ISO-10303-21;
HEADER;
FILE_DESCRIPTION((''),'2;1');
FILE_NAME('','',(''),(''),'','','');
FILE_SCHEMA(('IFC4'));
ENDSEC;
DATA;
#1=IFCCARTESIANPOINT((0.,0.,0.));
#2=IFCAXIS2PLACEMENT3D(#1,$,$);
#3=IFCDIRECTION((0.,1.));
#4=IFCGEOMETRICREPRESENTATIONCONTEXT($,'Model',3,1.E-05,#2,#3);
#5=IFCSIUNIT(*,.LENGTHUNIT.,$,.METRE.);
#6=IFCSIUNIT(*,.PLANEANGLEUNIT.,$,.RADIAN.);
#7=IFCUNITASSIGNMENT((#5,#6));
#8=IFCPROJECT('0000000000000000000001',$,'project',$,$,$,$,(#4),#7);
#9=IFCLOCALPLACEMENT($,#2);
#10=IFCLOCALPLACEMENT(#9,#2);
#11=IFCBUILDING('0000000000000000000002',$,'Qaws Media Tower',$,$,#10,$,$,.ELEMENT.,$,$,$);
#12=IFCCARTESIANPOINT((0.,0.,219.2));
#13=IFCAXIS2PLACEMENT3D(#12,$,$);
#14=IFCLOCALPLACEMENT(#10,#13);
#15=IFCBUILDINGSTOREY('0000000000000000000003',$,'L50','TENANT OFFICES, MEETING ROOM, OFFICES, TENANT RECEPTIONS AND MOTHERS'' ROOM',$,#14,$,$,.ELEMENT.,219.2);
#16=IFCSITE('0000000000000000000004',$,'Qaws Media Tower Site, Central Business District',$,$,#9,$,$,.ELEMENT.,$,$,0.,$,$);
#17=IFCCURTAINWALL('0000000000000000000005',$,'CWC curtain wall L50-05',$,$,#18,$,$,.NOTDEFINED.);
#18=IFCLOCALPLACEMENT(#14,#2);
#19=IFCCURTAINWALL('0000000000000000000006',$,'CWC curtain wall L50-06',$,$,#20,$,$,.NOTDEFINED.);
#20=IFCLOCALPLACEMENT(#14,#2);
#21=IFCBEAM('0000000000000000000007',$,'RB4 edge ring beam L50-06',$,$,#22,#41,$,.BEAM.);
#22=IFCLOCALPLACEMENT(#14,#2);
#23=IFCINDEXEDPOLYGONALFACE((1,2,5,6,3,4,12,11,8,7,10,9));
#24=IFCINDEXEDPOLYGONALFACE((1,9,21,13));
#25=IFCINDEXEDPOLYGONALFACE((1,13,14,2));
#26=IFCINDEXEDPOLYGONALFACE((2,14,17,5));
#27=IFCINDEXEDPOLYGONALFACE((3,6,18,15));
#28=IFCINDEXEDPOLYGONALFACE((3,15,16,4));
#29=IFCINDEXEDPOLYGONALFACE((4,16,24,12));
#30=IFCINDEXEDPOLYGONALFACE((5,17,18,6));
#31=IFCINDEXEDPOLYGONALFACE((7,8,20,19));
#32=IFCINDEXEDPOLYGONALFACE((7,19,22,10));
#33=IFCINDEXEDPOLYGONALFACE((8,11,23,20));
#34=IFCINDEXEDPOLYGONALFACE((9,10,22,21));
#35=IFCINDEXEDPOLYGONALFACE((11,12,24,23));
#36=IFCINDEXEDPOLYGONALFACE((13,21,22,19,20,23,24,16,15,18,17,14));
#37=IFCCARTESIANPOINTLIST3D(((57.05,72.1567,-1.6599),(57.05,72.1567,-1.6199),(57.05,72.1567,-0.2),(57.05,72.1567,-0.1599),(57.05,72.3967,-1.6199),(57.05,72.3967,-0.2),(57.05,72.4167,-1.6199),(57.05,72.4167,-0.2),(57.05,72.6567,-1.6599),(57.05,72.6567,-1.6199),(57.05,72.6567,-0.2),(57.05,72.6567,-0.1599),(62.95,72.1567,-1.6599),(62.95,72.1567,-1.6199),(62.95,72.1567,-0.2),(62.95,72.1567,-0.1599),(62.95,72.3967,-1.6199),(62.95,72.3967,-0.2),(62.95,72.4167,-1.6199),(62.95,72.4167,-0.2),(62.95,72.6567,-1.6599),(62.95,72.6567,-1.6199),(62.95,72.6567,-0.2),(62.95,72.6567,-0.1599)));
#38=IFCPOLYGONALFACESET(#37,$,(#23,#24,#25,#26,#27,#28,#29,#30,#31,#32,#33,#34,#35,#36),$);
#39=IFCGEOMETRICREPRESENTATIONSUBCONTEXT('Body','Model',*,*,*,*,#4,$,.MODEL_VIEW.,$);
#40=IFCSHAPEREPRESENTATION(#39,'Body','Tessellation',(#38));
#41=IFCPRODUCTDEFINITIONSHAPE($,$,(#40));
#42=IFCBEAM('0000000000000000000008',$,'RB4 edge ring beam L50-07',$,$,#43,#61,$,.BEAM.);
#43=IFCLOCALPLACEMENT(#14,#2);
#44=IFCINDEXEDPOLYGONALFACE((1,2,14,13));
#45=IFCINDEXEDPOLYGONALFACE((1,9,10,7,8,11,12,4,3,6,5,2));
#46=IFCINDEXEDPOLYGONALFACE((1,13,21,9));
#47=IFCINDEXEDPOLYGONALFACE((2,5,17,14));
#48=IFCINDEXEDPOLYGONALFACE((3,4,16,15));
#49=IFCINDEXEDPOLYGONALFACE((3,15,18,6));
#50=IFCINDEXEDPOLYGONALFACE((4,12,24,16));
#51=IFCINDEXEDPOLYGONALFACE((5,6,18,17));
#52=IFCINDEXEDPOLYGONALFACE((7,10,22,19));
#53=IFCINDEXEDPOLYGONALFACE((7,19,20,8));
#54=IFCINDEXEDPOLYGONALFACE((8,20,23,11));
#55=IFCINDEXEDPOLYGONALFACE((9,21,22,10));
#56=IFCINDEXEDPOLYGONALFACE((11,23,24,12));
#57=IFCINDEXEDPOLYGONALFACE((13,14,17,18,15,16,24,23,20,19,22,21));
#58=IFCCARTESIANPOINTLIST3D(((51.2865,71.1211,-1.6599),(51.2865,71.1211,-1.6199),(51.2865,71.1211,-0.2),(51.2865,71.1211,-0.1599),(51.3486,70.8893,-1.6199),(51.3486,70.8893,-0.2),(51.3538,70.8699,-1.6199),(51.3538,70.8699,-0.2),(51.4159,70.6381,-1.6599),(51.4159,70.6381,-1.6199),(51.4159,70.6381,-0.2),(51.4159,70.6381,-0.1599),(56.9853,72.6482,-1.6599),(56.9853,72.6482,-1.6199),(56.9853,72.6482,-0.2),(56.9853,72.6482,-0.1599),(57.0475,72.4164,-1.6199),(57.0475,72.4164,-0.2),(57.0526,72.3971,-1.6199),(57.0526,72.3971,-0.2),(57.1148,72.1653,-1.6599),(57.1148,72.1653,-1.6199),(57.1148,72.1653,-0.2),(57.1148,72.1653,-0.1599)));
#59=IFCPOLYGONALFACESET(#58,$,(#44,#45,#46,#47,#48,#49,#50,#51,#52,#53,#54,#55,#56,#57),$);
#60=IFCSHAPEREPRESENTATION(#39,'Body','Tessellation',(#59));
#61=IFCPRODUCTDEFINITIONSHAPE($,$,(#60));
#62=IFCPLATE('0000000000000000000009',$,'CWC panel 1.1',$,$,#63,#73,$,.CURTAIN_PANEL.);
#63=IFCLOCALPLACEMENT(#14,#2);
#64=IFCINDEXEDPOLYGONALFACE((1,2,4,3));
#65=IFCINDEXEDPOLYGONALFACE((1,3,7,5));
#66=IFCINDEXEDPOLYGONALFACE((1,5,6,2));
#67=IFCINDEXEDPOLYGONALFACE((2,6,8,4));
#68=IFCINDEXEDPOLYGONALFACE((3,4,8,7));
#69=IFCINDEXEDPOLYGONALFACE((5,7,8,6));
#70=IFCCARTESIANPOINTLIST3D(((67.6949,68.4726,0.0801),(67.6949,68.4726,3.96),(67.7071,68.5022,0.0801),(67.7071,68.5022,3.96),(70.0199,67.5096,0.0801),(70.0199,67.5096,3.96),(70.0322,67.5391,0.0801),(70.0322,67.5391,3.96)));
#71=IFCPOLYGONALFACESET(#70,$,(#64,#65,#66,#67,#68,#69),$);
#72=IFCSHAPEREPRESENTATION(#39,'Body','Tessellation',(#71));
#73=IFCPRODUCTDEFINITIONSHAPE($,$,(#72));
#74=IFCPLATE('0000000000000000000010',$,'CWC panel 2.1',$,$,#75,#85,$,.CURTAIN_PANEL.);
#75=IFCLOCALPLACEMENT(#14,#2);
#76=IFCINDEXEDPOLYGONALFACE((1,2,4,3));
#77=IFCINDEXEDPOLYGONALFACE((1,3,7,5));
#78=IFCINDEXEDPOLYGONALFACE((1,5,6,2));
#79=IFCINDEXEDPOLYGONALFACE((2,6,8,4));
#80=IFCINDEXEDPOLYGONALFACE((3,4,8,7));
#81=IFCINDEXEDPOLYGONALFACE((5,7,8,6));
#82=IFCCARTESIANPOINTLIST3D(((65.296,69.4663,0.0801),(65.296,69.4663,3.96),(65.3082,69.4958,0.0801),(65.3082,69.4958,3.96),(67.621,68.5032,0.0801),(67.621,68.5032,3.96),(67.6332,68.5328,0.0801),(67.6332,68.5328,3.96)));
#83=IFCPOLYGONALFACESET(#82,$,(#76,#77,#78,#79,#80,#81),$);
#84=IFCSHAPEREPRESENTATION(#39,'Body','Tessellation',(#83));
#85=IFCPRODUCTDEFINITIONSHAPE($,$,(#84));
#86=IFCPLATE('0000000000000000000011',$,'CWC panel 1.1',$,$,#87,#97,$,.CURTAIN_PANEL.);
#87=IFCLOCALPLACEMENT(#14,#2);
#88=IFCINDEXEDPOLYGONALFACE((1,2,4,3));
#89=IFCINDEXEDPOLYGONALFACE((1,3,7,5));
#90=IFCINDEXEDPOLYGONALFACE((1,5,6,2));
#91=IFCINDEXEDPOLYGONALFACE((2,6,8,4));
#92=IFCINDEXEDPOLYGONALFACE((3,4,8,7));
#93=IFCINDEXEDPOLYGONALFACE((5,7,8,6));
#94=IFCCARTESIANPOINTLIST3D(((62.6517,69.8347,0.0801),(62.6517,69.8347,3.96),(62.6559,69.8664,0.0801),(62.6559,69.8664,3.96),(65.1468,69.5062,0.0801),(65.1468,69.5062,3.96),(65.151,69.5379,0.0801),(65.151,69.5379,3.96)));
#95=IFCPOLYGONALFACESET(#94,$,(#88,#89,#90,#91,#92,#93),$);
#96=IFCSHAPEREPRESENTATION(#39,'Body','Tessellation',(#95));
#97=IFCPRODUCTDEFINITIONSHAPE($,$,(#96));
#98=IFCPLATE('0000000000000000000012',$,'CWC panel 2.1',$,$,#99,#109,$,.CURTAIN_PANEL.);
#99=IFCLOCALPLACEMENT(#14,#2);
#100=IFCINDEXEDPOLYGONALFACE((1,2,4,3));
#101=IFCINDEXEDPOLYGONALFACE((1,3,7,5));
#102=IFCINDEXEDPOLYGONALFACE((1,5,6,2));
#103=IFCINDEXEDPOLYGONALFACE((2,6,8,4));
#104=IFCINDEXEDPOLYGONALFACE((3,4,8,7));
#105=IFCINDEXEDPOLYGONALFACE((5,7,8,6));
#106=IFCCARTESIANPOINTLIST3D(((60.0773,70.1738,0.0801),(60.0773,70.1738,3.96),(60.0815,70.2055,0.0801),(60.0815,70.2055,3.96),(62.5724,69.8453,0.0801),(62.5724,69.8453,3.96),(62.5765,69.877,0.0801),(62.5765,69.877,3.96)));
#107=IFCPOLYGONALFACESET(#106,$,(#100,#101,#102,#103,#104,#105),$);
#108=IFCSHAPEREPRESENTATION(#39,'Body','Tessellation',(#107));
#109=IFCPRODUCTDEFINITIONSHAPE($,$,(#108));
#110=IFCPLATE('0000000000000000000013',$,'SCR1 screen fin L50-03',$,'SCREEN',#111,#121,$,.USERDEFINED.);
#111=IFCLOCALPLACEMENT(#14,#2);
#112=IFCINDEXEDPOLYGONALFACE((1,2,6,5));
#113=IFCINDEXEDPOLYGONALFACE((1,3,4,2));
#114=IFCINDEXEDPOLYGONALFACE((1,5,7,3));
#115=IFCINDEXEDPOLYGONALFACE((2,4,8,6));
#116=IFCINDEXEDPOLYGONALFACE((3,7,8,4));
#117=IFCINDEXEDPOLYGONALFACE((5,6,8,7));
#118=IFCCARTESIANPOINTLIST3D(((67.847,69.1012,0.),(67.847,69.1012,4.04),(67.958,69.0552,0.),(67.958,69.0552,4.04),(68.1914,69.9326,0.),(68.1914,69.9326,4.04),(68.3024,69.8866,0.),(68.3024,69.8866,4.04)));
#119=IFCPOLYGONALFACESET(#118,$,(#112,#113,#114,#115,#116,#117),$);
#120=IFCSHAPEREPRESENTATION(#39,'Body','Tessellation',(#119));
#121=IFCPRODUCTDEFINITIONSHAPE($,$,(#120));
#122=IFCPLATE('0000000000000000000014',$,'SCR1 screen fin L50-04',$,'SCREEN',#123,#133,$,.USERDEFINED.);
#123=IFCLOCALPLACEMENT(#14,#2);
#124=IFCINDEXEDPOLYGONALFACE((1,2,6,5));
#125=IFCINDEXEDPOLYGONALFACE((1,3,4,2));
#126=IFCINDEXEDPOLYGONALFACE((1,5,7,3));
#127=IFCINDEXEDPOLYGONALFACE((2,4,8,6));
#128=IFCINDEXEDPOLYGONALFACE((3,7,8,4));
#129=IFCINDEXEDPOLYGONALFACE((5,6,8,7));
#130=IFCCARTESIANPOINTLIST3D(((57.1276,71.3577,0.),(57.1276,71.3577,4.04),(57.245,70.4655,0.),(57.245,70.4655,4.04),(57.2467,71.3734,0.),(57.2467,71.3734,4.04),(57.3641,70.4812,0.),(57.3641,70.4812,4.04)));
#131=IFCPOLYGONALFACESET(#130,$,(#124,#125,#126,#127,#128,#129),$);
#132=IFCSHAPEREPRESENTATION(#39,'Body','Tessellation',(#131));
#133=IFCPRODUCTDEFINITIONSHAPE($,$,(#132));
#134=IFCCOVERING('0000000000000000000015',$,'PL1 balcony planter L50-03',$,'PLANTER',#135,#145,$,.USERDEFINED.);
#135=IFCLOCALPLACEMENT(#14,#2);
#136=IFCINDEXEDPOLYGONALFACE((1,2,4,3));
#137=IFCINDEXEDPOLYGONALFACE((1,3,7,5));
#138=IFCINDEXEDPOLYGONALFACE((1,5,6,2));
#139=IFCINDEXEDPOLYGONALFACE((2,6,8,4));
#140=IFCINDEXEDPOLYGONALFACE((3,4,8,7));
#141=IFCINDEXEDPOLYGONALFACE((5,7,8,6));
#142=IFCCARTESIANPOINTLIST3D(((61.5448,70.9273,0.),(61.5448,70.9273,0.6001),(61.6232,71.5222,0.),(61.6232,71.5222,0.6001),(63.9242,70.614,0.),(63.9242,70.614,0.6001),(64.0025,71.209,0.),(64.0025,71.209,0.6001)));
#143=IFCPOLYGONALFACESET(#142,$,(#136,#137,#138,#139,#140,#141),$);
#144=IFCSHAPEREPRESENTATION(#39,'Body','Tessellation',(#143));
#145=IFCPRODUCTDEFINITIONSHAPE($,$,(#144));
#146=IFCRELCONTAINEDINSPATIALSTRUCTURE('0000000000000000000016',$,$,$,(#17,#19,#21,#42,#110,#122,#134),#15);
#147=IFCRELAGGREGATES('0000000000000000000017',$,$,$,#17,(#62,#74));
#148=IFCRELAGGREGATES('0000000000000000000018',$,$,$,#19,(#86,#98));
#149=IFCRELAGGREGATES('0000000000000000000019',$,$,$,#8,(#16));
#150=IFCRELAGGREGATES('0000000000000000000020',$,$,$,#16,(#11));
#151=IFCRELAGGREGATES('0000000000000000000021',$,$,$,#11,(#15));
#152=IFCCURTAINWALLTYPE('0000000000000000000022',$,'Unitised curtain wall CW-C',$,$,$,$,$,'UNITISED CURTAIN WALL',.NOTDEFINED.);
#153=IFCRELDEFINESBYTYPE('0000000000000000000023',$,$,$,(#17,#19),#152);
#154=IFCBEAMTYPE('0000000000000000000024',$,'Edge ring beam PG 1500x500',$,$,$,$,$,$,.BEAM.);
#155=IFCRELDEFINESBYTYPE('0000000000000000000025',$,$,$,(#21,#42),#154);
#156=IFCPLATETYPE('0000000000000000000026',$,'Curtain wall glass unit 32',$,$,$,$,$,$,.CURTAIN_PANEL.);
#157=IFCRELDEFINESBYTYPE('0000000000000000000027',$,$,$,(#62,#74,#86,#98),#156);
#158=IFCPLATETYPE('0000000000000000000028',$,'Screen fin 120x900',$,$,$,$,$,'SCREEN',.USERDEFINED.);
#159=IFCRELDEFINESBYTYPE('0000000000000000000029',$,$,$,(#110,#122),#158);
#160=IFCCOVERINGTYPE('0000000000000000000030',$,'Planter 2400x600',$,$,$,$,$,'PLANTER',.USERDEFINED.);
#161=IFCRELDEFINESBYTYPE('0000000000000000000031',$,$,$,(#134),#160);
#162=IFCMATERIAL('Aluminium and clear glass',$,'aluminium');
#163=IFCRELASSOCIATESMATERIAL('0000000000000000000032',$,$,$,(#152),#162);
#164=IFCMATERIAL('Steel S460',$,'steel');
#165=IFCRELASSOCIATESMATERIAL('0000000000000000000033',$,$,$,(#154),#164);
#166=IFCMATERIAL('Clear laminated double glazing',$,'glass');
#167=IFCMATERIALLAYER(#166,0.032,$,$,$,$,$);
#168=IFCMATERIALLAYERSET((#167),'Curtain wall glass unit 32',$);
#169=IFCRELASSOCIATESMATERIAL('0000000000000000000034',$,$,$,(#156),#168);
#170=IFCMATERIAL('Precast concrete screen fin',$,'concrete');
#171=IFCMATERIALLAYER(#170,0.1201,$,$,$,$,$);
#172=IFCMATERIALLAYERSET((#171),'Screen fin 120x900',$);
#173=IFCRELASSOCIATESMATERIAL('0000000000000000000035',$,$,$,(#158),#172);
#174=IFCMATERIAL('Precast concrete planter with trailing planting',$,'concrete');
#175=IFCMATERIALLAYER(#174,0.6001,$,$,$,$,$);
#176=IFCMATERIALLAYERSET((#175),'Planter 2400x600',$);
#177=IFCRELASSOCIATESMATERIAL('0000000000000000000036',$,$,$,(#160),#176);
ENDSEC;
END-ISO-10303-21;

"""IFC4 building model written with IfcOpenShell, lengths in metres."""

from ifc_helpers import new_model, si_unit, direction, frame, origin, origin_2d, place, context, subcontext, project, spatial, rectangle, i_section, extrude, material, layer, layer_set, material_profile, profile_set, type_object, element, aggregate, save


model = new_model("IFC4")

# Units and contexts
model_context = context("Model", 3, precision=1e-05, world=origin(), true_north=direction((0.0, 1.0)))
body_context = subcontext(model_context, "Body", "Model", "MODEL_VIEW")
ifc_project = project(units=[si_unit("LENGTHUNIT", "METRE"), si_unit("PLANEANGLEUNIT", "RADIAN")], contexts=[model_context])

# Site, building, storey
site_placement = place(None, origin())
site = spatial("IfcSite", under=ifc_project, at=site_placement, Name="Qaws Media Tower Site, Central Business District", CompositionType="ELEMENT", RefElevation=0.0)
building_placement = place(site_placement, origin())
building = spatial("IfcBuilding", under=site, at=building_placement, Name="Qaws Media Tower", CompositionType="ELEMENT")
storey_placement = place(building_placement, frame((0.0, 0.0, 219.2)))
storey = spatial("IfcBuildingStorey", under=building, at=storey_placement, Name="L50", Description="TENANT OFFICES, MEETING ROOM, OFFICES, TENANT RECEPTIONS AND MOTHERS' ROOM", CompositionType="ELEMENT", Elevation=219.2)

# Curtain walls
ifc_material_1 = material(Name="Aluminium and clear glass", Category="aluminium")
curtain_wall_type = type_object("IfcCurtainWallType", Name="Unitised curtain wall CW-C", ElementType="UNITISED CURTAIN WALL", PredefinedType="NOTDEFINED", material=ifc_material_1)
curtain_wall_1_placement = place(storey_placement, origin())
curtain_wall_1 = element("IfcCurtainWall", 1, at=curtain_wall_1_placement, inside=storey, type_object=curtain_wall_type, Name="CWC curtain wall L50-05", PredefinedType="NOTDEFINED")
curtain_wall_2_placement = place(storey_placement, origin())
curtain_wall_2 = element("IfcCurtainWall", 2, at=curtain_wall_2_placement, inside=storey, type_object=curtain_wall_type, Name="CWC curtain wall L50-06", PredefinedType="NOTDEFINED")

# Beams
ifc_material_2 = material(Name="Steel S460", Category="steel")
ifc_material_profile_1 = material_profile(ifc_material_2, i_section(OverallWidth=0.5, OverallDepth=1.5, WebThickness=0.02, FlangeThickness=0.04, at=origin_2d()), Name="PG 1500x500")
ifc_profile_set_1 = profile_set([ifc_material_profile_1], Name="Steel S460")
beam_type = type_object("IfcBeamType", Name="Edge ring beam PG 1500x500", PredefinedType="BEAM", material=ifc_profile_set_1)
for number, where, z_axis, x_axis, name in (
    (3, (62.95, 72.4067, -0.9099), (-1.0, 0.0, 0.0), (0.0, -1.0, 0.0), "RB4 edge ring beam L50-06"),
    (4, (57.05, 72.4067, -0.9099), (-0.96592, -0.25884, 0.0), (0.25884, -0.96592, 0.0), "RB4 edge ring beam L50-07"),
):
    element("IfcBeam", number, at=place(storey_placement, frame(where, z_axis=z_axis, x_axis=x_axis)), inside=storey, type_object=beam_type, Name=name, PredefinedType="BEAM", context=body_context, shape_type="SweptSolid", body=[
        extrude(i_section(OverallWidth=0.5, OverallDepth=1.5, WebThickness=0.02, FlangeThickness=0.04, at=origin_2d()), origin(), (0.0, 0.0, 1.0), 5.8999),
    ])

# Plates
ifc_material_3 = material(Name="Clear laminated double glazing", Category="glass")
ifc_layer_1 = layer(ifc_material_3, 0.032)
ifc_layer_set_1 = layer_set([ifc_layer_1], Name="Curtain wall glass unit 32")
plate_type_1 = type_object("IfcPlateType", Name="Curtain wall glass unit 32", PredefinedType="CURTAIN_PANEL", material=ifc_layer_set_1)
plate_1_placement = place(storey_placement, frame((68.8635, 68.0059, 0.0801), z_axis=(0.0, 0.0, 1.0), x_axis=(-0.923879, 0.382684, 0.0)))
plate_1 = element("IfcPlate", 5, at=plate_1_placement, type_object=plate_type_1, Name="CWC panel 1.1", PredefinedType="CURTAIN_PANEL", context=body_context, shape_type="SweptSolid", body=[
    extrude(rectangle(XDim=2.5166, YDim=0.032, at=origin_2d()), origin(), (0.0, 0.0, 1.0), 3.8799),
])
plate_2_placement = place(storey_placement, frame((66.4646, 68.9995, 0.0801), z_axis=(0.0, 0.0, 1.0), x_axis=(-0.923879, 0.382684, 0.0)))
plate_2 = element("IfcPlate", 6, at=plate_2_placement, type_object=plate_type_1, Name="CWC panel 2.1", PredefinedType="CURTAIN_PANEL", context=body_context, shape_type="SweptSolid", body=[
    extrude(rectangle(XDim=2.5166, YDim=0.032, at=origin_2d()), origin(), (0.0, 0.0, 1.0), 3.8799),
])
aggregate(curtain_wall_1, [plate_1, plate_2])
plate_3_placement = place(storey_placement, frame((63.9014, 69.6863, 0.0801), z_axis=(0.0, 0.0, 1.0), x_axis=(-0.991445, 0.130526, 0.0)))
plate_3 = element("IfcPlate", 7, at=plate_3_placement, type_object=plate_type_1, Name="CWC panel 1.1", PredefinedType="CURTAIN_PANEL", context=body_context, shape_type="SweptSolid", body=[
    extrude(rectangle(XDim=2.5166, YDim=0.032, at=origin_2d()), origin(), (0.0, 0.0, 1.0), 3.8799),
])
plate_4_placement = place(storey_placement, frame((61.3269, 70.0254, 0.0801), z_axis=(0.0, 0.0, 1.0), x_axis=(-0.991445, 0.130526, 0.0)))
plate_4 = element("IfcPlate", 8, at=plate_4_placement, type_object=plate_type_1, Name="CWC panel 2.1", PredefinedType="CURTAIN_PANEL", context=body_context, shape_type="SweptSolid", body=[
    extrude(rectangle(XDim=2.5166, YDim=0.032, at=origin_2d()), origin(), (0.0, 0.0, 1.0), 3.8799),
])
aggregate(curtain_wall_2, [plate_3, plate_4])

# Plates
ifc_material_4 = material(Name="Precast concrete screen fin", Category="concrete")
ifc_layer_2 = layer(ifc_material_4, 0.1201)
ifc_layer_set_2 = layer_set([ifc_layer_2], Name="Screen fin 120x900")
plate_type_2 = type_object("IfcPlateType", Name="Screen fin 120x900", ElementType="SCREEN", PredefinedType="USERDEFINED", material=ifc_layer_set_2)
for number, where, z_axis, x_axis, name in (
    (9, (68.0747, 69.4939, 0.0), (0.0, 0.0, 1.0), (0.382683, 0.92388, 0.0), "SCR1 screen fin L50-03"),
    (10, (57.2458, 70.9194, 0.0), (0.0, 0.0, 1.0), (-0.130526, 0.991445, 0.0), "SCR1 screen fin L50-04"),
):
    element("IfcPlate", number, at=place(storey_placement, frame(where, z_axis=z_axis, x_axis=x_axis)), inside=storey, type_object=plate_type_2, Name=name, ObjectType="SCREEN", PredefinedType="USERDEFINED", context=body_context, shape_type="SweptSolid", body=[
        extrude(rectangle(XDim=0.8999, YDim=0.1201, at=origin_2d()), origin(), (0.0, 0.0, 1.0), 4.04),
    ])

# Covering
ifc_material_5 = material(Name="Precast concrete planter with trailing planting", Category="concrete")
ifc_layer_3 = layer(ifc_material_5, 0.6001)
ifc_layer_set_3 = layer_set([ifc_layer_3], Name="Planter 2400x600")
covering_type = type_object("IfcCoveringType", Name="Planter 2400x600", ElementType="PLANTER", PredefinedType="USERDEFINED", material=ifc_layer_set_3)
covering_placement = place(storey_placement, frame((62.7737, 71.0681, 0.0), z_axis=(0.0, 0.0, 1.0), x_axis=(-0.991445, 0.130526, 0.0)))
element("IfcCovering", 11, at=covering_placement, inside=storey, type_object=covering_type, Name="PL1 balcony planter L50-03", ObjectType="PLANTER", PredefinedType="USERDEFINED", context=body_context, shape_type="SweptSolid", body=[
    extrude(rectangle(XDim=2.3999, YDim=0.6001, at=origin_2d()), origin(), (0.0, 0.0, 1.0), 0.6001),
])

save(model, "model.ifc")
